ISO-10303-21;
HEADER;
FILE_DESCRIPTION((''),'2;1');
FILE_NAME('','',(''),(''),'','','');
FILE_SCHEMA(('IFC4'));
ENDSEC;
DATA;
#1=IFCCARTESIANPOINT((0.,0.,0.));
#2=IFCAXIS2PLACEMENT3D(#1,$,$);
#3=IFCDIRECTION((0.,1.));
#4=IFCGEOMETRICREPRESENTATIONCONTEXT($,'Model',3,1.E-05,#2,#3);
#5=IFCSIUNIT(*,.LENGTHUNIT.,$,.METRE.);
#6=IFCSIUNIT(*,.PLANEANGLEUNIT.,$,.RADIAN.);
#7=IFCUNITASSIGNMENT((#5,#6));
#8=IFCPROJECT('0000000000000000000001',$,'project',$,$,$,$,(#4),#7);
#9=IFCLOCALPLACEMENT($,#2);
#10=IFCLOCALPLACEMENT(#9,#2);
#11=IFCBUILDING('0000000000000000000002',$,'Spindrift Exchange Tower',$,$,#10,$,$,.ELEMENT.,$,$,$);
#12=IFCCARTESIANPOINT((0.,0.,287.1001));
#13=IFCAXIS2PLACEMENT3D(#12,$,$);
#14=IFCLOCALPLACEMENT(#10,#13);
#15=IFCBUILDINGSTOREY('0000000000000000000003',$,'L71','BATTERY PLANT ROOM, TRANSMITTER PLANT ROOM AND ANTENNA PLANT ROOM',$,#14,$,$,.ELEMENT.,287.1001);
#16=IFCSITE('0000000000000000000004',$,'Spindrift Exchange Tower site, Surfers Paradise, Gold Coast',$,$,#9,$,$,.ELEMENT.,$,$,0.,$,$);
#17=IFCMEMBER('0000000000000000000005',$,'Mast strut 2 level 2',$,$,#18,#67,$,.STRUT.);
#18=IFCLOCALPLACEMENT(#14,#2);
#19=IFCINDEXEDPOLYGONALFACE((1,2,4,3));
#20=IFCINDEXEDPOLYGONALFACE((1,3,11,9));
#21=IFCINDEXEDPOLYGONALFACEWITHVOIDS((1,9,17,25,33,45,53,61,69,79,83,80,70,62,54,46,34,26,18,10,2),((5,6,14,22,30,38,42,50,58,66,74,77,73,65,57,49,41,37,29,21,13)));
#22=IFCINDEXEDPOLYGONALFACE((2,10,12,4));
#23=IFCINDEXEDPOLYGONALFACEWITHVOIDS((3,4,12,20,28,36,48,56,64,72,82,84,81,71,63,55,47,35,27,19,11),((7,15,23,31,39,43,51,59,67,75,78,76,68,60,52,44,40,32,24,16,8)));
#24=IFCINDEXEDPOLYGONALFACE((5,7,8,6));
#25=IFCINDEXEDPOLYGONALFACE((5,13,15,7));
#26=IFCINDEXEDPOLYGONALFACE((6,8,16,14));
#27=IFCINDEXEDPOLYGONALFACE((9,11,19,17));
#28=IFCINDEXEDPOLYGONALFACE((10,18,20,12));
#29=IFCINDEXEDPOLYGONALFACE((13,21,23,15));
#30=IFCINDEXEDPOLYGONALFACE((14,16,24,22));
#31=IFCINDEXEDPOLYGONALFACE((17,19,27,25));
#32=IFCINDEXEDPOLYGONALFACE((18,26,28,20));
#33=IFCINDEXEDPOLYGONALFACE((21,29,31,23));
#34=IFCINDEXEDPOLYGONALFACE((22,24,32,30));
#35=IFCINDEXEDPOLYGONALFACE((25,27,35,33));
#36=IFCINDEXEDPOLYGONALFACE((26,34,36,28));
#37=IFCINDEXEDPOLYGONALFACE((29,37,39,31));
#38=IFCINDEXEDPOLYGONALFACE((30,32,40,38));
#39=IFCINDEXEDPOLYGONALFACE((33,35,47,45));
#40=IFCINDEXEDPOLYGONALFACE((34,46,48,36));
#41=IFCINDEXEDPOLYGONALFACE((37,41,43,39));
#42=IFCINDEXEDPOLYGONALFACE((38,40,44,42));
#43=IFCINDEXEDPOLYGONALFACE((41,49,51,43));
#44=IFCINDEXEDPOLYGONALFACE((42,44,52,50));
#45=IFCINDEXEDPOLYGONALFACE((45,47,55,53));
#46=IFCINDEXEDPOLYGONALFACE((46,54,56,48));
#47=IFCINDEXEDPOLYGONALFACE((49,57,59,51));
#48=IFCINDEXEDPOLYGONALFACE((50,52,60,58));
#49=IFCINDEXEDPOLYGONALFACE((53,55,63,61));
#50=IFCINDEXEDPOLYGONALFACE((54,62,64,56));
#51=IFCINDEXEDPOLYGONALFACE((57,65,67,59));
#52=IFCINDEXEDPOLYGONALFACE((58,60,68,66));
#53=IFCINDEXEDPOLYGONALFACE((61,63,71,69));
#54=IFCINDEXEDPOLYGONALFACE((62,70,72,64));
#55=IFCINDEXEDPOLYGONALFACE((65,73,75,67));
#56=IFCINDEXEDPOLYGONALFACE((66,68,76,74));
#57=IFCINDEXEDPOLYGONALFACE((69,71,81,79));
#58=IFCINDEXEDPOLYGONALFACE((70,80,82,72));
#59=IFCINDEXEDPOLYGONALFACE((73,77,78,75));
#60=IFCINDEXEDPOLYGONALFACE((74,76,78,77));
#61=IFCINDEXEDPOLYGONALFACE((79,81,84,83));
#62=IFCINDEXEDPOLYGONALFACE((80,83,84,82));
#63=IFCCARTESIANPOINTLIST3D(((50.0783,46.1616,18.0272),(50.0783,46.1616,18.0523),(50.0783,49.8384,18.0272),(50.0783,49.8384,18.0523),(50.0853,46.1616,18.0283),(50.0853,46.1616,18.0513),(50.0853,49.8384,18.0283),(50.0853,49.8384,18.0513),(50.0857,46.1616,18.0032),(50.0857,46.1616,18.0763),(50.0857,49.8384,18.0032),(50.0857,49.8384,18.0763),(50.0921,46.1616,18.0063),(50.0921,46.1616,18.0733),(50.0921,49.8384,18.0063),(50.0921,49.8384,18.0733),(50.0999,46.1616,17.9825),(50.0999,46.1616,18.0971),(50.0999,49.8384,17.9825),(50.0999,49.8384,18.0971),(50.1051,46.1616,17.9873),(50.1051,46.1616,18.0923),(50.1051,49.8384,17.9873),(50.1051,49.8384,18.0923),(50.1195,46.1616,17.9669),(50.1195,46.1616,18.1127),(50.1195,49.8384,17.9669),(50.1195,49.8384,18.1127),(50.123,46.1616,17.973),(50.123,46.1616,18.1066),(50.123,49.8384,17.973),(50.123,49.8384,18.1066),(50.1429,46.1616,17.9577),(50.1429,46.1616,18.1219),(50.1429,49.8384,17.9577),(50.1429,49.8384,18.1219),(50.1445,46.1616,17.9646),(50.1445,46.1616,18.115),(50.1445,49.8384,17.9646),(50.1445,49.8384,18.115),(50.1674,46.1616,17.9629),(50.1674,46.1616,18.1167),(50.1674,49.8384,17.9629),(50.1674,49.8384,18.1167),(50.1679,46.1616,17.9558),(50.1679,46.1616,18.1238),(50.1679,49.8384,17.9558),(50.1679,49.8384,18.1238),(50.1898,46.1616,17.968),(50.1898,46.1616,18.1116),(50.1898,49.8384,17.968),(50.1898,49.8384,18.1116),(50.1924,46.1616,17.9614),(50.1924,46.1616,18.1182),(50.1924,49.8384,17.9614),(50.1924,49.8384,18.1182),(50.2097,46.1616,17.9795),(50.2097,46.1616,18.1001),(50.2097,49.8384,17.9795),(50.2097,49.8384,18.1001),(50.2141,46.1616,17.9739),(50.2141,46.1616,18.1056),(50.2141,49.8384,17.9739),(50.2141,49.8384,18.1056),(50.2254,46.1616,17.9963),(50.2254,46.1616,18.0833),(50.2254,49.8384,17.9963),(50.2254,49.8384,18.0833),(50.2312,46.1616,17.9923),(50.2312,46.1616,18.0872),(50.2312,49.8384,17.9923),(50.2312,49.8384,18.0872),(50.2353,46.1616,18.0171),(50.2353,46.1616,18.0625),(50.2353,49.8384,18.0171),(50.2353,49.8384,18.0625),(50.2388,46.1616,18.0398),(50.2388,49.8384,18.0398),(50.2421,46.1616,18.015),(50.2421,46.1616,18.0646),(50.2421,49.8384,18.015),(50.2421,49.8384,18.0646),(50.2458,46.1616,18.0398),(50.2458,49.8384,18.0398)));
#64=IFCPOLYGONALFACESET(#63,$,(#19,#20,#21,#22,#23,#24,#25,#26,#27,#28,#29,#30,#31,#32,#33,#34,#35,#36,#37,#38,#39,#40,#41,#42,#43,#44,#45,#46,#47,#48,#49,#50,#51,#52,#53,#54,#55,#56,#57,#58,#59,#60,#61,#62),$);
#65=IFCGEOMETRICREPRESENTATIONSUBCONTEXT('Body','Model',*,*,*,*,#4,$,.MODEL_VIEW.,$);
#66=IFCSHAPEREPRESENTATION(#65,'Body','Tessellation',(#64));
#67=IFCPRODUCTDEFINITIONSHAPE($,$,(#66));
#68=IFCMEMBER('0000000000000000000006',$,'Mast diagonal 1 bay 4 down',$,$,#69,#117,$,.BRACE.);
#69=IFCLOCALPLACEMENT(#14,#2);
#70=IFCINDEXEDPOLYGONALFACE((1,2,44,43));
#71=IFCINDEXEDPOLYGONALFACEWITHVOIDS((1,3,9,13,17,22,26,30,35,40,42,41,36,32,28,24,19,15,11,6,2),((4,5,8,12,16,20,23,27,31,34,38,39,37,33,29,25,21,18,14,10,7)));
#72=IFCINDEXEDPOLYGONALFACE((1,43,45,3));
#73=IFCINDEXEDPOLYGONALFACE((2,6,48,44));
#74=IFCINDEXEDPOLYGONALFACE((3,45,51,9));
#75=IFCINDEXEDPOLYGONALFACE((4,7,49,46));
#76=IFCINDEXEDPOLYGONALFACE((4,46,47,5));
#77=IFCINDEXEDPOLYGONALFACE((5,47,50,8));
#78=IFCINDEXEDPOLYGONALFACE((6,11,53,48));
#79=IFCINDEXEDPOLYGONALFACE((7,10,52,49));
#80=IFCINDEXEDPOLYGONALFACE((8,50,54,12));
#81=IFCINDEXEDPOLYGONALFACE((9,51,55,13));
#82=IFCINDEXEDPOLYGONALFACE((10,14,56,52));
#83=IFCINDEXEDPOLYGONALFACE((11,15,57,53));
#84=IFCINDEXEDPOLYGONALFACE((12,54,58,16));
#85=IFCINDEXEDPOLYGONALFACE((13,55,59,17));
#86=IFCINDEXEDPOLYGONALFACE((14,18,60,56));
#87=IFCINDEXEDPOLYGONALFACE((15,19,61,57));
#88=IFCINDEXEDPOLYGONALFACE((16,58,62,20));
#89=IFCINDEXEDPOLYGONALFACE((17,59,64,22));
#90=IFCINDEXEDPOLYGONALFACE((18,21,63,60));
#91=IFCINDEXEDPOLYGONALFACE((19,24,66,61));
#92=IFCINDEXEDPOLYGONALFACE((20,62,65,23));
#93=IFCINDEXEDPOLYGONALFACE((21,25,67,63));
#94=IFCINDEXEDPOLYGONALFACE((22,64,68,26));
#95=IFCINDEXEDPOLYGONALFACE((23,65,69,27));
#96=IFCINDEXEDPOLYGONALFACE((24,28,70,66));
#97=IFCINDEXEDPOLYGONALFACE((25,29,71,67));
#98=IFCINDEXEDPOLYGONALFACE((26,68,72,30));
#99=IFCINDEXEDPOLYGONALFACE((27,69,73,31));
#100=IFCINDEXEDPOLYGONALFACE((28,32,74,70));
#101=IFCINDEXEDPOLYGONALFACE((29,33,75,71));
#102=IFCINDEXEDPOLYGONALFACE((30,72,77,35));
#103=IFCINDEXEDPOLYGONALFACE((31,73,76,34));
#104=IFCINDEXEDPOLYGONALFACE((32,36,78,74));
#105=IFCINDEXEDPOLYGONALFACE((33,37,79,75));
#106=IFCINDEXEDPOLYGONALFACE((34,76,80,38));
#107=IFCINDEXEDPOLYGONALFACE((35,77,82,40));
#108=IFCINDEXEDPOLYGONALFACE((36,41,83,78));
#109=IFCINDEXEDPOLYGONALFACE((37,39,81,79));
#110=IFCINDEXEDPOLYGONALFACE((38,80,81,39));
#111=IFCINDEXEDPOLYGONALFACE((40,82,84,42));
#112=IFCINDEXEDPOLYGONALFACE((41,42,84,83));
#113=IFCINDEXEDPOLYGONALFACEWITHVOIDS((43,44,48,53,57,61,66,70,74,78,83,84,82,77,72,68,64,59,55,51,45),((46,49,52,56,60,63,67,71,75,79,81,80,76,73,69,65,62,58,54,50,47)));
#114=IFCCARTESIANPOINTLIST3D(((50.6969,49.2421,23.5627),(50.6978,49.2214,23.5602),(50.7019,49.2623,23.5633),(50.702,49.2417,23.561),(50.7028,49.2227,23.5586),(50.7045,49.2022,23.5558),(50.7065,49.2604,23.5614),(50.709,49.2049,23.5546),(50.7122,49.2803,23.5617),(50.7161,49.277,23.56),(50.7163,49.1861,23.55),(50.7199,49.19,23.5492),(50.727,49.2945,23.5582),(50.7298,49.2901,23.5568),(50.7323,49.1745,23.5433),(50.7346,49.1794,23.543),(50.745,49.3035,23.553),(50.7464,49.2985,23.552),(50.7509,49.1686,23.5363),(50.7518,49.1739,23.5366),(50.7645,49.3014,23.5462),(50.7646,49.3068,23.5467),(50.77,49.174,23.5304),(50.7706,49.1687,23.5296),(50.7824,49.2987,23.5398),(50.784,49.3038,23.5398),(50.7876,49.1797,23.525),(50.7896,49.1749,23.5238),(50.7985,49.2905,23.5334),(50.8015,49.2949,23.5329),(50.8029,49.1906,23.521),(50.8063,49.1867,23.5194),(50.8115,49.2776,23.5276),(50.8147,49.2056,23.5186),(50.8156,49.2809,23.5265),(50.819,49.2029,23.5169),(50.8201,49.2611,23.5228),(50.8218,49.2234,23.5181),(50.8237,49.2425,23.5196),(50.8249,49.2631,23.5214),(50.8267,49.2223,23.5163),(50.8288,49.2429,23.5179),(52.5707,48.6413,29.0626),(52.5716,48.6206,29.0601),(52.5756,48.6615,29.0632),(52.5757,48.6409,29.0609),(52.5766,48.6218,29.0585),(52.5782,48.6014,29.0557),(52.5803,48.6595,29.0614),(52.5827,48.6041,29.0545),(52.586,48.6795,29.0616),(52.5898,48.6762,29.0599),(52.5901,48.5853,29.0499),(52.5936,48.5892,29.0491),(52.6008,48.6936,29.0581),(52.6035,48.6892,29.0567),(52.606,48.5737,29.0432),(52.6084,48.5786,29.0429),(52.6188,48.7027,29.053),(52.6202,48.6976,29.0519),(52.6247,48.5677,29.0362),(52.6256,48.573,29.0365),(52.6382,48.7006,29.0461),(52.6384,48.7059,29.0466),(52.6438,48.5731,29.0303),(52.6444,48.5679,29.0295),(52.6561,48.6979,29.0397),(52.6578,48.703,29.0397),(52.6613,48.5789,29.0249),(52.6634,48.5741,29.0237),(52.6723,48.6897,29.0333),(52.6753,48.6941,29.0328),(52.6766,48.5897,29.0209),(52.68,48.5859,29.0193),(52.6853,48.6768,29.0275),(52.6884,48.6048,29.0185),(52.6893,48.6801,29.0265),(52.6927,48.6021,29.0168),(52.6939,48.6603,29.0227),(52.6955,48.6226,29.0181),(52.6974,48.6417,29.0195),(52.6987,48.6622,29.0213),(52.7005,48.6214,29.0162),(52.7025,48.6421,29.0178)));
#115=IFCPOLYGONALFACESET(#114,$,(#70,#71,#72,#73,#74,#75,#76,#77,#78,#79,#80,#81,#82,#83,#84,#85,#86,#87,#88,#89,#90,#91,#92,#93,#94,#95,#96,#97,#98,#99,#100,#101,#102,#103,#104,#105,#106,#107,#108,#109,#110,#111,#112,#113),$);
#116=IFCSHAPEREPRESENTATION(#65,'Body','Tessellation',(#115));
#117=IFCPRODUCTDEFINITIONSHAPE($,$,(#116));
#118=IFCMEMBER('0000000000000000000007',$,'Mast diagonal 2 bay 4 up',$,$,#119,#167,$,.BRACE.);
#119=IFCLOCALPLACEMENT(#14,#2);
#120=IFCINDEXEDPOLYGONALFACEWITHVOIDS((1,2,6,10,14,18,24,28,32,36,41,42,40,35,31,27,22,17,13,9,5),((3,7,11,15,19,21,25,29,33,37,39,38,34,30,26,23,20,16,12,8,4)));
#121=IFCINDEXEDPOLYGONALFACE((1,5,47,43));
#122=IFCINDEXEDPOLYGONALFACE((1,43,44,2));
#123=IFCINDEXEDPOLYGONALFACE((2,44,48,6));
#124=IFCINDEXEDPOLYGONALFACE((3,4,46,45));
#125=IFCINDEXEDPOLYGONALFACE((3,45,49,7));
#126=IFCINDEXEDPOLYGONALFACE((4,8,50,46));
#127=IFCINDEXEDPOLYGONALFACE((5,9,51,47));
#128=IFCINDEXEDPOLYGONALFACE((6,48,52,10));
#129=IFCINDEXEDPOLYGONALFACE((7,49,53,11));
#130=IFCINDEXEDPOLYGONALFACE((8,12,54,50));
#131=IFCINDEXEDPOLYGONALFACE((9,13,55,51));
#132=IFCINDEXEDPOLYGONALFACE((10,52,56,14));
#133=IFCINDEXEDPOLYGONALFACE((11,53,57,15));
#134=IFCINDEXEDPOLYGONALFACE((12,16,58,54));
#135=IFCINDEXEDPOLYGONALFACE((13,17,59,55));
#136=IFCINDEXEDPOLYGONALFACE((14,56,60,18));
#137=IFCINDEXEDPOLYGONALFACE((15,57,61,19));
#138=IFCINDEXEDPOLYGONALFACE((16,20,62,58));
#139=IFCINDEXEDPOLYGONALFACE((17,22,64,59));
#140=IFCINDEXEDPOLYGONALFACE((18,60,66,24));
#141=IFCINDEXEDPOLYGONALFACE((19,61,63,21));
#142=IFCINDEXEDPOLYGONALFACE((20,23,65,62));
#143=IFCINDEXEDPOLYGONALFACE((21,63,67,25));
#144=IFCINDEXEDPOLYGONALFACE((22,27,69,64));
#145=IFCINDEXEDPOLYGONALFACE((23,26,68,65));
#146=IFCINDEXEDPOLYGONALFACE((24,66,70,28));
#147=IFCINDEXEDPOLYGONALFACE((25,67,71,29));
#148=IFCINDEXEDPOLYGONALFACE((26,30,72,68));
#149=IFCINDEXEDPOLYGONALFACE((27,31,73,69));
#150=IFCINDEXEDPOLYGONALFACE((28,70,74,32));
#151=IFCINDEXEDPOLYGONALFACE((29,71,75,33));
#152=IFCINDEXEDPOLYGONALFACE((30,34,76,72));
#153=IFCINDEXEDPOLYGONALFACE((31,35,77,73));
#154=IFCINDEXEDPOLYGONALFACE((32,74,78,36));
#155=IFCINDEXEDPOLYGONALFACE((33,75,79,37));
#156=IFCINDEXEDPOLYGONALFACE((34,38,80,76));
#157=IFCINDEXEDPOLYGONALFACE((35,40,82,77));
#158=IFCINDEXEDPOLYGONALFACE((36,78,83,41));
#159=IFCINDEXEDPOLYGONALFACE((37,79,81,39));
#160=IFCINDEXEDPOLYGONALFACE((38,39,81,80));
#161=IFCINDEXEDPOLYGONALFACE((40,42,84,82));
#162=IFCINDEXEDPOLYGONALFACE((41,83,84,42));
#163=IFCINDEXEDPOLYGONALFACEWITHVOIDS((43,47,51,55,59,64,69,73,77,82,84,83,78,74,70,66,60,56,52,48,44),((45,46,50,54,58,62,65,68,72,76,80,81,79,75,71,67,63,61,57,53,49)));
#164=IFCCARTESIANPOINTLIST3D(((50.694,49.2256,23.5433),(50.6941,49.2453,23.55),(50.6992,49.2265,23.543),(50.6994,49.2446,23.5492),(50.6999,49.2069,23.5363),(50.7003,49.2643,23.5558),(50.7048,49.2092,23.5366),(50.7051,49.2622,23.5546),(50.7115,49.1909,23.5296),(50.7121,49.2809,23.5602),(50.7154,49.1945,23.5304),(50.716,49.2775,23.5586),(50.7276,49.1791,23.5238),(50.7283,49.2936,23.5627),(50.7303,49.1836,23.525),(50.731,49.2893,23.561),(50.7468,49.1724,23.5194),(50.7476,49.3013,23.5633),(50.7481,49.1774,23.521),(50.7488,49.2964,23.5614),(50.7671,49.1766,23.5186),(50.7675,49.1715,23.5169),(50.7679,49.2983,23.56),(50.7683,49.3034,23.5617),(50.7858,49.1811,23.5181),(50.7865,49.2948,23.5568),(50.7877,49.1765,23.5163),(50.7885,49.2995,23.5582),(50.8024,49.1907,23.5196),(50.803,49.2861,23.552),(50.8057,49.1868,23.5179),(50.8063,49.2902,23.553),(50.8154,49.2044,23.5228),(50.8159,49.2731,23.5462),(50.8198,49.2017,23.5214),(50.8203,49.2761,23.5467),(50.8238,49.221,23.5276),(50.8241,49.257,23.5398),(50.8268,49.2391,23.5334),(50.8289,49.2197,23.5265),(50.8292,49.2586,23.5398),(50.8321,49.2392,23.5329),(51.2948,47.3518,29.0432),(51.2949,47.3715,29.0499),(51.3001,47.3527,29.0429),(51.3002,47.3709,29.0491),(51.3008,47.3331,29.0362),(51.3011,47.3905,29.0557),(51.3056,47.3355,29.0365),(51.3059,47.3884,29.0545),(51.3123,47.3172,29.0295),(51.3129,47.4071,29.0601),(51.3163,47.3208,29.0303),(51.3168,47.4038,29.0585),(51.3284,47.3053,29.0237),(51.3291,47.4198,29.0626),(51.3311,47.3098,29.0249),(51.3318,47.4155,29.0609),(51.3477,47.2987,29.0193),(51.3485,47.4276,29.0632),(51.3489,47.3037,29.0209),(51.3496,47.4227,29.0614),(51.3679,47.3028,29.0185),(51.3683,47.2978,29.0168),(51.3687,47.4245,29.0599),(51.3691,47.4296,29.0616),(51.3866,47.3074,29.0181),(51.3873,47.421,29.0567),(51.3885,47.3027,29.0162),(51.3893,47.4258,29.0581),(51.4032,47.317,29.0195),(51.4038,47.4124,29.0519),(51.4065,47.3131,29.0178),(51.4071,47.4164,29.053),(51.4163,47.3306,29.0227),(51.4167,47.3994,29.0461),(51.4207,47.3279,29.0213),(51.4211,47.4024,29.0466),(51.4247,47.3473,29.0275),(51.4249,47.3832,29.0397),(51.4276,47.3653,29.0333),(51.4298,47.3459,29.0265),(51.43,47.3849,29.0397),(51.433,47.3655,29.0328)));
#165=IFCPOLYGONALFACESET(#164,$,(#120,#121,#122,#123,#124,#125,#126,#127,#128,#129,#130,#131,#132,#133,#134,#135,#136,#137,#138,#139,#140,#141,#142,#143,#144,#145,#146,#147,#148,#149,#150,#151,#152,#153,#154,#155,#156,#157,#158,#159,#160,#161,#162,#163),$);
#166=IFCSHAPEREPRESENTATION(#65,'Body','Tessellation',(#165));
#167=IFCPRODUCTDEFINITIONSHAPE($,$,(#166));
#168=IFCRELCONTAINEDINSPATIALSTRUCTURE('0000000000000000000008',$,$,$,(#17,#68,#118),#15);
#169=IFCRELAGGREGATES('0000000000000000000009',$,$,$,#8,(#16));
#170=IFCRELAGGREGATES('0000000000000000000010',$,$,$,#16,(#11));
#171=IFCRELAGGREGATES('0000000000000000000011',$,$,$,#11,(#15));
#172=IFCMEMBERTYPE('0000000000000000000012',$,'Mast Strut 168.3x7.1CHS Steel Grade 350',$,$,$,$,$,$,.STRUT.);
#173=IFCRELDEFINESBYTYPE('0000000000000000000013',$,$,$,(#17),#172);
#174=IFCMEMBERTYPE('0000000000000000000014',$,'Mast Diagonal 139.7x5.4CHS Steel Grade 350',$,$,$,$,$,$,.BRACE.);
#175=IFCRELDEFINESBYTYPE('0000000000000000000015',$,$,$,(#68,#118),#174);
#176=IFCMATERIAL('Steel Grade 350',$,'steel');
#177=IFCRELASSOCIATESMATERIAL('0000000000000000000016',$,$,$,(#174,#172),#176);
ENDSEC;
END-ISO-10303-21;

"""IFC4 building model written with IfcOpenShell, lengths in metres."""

from ifc_helpers import new_model, si_unit, direction, frame, origin, origin_2d, place, context, subcontext, project, spatial, hollow_circle, extrude, source, transform, mapped, material, material_profile, profile_set, type_object, element, save


model = new_model("IFC4")

# Units and contexts
model_context = context("Model", 3, precision=1e-05, world=origin(), true_north=direction((0.0, 1.0)))
body_context = subcontext(model_context, "Body", "Model", "MODEL_VIEW")
ifc_project = project(units=[si_unit("LENGTHUNIT", "METRE"), si_unit("PLANEANGLEUNIT", "RADIAN")], contexts=[model_context])

# Site, building, storey
site_placement = place(None, origin())
site = spatial("IfcSite", under=ifc_project, at=site_placement, Name="Spindrift Exchange Tower site, Surfers Paradise, Gold Coast", CompositionType="ELEMENT", RefElevation=0.0)
building_placement = place(site_placement, origin())
building = spatial("IfcBuilding", under=site, at=building_placement, Name="Spindrift Exchange Tower", CompositionType="ELEMENT")
storey_placement = place(building_placement, frame((0.0, 0.0, 287.1001)))
storey = spatial("IfcBuildingStorey", under=building, at=storey_placement, Name="L71", Description="BATTERY PLANT ROOM, TRANSMITTER PLANT ROOM AND ANTENNA PLANT ROOM", CompositionType="ELEMENT", Elevation=287.1001)

# Members
ifc_material_1 = material(Name="Steel Grade 350", Category="steel")
ifc_material_profile_1 = material_profile(ifc_material_1, hollow_circle(Radius=0.0698, WallThickness=0.0054, at=origin_2d()), Name="139.7x5.4CHS")
ifc_profile_set_1 = profile_set([ifc_material_profile_1], Name="Steel Grade 350")
member_type_1 = type_object("IfcMemberType", Name="Mast Diagonal 139.7x5.4CHS Steel Grade 350", PredefinedType="BRACE", material=ifc_profile_set_1)
ifc_material_profile_2 = material_profile(ifc_material_1, hollow_circle(Radius=0.0842, WallThickness=0.0071, at=origin_2d()), Name="168.3x7.1CHS")
ifc_profile_set_2 = profile_set([ifc_material_profile_2], Name="Steel Grade 350")
member_type_2 = type_object("IfcMemberType", Name="Mast Strut 168.3x7.1CHS Steel Grade 350", PredefinedType="STRUT", material=ifc_profile_set_2)
shared_shape_1 = source(origin(), body_context, "Body", "SweptSolid", [
    extrude(hollow_circle(Radius=0.0842, WallThickness=0.0071, at=origin_2d()), origin(), (0.0, 0.0, 1.0), 3.6768),
])
member_1_placement = place(storey_placement, frame((50.1616, 49.8384, 18.0398), z_axis=(0.0, -1.0, 0.0), x_axis=(1.0, 0.0, 0.0)))
element("IfcMember", 1, at=member_1_placement, inside=storey, type_object=member_type_2, Name="Mast strut 2 level 2", PredefinedType="STRUT", context=body_context, shape_type="MappedRepresentation", body=[
    mapped(shared_shape_1, transform((0.0, 0.0, 0.0), scale=1.0)),
])
shared_shape_2 = source(origin(), body_context, "Body", "SweptSolid", [
    extrude(hollow_circle(Radius=0.0698, WallThickness=0.0054, at=origin_2d()), origin(), (0.0, 0.0, 1.0), 5.8413),
])
for number, where, z_axis, x_axis, name in (
    (2, (50.7627, 49.2373, 23.5398), (0.320775, -0.102857, 0.941554), (0.305338, 0.952244, 0.0), "Mast diagonal 1 bay 4 down"),
    (3, (50.7627, 49.2373, 23.5398), (0.102857, -0.320775, 0.941554), (0.952244, 0.305338, 0.0), "Mast diagonal 2 bay 4 up"),
):
    element("IfcMember", number, at=place(storey_placement, frame(where, z_axis=z_axis, x_axis=x_axis)), inside=storey, type_object=member_type_1, Name=name, PredefinedType="BRACE", context=body_context, shape_type="MappedRepresentation", body=[
        mapped(shared_shape_2, transform((0.0, 0.0, 0.0), scale=1.0)),
    ])

save(model, "model.ifc")
